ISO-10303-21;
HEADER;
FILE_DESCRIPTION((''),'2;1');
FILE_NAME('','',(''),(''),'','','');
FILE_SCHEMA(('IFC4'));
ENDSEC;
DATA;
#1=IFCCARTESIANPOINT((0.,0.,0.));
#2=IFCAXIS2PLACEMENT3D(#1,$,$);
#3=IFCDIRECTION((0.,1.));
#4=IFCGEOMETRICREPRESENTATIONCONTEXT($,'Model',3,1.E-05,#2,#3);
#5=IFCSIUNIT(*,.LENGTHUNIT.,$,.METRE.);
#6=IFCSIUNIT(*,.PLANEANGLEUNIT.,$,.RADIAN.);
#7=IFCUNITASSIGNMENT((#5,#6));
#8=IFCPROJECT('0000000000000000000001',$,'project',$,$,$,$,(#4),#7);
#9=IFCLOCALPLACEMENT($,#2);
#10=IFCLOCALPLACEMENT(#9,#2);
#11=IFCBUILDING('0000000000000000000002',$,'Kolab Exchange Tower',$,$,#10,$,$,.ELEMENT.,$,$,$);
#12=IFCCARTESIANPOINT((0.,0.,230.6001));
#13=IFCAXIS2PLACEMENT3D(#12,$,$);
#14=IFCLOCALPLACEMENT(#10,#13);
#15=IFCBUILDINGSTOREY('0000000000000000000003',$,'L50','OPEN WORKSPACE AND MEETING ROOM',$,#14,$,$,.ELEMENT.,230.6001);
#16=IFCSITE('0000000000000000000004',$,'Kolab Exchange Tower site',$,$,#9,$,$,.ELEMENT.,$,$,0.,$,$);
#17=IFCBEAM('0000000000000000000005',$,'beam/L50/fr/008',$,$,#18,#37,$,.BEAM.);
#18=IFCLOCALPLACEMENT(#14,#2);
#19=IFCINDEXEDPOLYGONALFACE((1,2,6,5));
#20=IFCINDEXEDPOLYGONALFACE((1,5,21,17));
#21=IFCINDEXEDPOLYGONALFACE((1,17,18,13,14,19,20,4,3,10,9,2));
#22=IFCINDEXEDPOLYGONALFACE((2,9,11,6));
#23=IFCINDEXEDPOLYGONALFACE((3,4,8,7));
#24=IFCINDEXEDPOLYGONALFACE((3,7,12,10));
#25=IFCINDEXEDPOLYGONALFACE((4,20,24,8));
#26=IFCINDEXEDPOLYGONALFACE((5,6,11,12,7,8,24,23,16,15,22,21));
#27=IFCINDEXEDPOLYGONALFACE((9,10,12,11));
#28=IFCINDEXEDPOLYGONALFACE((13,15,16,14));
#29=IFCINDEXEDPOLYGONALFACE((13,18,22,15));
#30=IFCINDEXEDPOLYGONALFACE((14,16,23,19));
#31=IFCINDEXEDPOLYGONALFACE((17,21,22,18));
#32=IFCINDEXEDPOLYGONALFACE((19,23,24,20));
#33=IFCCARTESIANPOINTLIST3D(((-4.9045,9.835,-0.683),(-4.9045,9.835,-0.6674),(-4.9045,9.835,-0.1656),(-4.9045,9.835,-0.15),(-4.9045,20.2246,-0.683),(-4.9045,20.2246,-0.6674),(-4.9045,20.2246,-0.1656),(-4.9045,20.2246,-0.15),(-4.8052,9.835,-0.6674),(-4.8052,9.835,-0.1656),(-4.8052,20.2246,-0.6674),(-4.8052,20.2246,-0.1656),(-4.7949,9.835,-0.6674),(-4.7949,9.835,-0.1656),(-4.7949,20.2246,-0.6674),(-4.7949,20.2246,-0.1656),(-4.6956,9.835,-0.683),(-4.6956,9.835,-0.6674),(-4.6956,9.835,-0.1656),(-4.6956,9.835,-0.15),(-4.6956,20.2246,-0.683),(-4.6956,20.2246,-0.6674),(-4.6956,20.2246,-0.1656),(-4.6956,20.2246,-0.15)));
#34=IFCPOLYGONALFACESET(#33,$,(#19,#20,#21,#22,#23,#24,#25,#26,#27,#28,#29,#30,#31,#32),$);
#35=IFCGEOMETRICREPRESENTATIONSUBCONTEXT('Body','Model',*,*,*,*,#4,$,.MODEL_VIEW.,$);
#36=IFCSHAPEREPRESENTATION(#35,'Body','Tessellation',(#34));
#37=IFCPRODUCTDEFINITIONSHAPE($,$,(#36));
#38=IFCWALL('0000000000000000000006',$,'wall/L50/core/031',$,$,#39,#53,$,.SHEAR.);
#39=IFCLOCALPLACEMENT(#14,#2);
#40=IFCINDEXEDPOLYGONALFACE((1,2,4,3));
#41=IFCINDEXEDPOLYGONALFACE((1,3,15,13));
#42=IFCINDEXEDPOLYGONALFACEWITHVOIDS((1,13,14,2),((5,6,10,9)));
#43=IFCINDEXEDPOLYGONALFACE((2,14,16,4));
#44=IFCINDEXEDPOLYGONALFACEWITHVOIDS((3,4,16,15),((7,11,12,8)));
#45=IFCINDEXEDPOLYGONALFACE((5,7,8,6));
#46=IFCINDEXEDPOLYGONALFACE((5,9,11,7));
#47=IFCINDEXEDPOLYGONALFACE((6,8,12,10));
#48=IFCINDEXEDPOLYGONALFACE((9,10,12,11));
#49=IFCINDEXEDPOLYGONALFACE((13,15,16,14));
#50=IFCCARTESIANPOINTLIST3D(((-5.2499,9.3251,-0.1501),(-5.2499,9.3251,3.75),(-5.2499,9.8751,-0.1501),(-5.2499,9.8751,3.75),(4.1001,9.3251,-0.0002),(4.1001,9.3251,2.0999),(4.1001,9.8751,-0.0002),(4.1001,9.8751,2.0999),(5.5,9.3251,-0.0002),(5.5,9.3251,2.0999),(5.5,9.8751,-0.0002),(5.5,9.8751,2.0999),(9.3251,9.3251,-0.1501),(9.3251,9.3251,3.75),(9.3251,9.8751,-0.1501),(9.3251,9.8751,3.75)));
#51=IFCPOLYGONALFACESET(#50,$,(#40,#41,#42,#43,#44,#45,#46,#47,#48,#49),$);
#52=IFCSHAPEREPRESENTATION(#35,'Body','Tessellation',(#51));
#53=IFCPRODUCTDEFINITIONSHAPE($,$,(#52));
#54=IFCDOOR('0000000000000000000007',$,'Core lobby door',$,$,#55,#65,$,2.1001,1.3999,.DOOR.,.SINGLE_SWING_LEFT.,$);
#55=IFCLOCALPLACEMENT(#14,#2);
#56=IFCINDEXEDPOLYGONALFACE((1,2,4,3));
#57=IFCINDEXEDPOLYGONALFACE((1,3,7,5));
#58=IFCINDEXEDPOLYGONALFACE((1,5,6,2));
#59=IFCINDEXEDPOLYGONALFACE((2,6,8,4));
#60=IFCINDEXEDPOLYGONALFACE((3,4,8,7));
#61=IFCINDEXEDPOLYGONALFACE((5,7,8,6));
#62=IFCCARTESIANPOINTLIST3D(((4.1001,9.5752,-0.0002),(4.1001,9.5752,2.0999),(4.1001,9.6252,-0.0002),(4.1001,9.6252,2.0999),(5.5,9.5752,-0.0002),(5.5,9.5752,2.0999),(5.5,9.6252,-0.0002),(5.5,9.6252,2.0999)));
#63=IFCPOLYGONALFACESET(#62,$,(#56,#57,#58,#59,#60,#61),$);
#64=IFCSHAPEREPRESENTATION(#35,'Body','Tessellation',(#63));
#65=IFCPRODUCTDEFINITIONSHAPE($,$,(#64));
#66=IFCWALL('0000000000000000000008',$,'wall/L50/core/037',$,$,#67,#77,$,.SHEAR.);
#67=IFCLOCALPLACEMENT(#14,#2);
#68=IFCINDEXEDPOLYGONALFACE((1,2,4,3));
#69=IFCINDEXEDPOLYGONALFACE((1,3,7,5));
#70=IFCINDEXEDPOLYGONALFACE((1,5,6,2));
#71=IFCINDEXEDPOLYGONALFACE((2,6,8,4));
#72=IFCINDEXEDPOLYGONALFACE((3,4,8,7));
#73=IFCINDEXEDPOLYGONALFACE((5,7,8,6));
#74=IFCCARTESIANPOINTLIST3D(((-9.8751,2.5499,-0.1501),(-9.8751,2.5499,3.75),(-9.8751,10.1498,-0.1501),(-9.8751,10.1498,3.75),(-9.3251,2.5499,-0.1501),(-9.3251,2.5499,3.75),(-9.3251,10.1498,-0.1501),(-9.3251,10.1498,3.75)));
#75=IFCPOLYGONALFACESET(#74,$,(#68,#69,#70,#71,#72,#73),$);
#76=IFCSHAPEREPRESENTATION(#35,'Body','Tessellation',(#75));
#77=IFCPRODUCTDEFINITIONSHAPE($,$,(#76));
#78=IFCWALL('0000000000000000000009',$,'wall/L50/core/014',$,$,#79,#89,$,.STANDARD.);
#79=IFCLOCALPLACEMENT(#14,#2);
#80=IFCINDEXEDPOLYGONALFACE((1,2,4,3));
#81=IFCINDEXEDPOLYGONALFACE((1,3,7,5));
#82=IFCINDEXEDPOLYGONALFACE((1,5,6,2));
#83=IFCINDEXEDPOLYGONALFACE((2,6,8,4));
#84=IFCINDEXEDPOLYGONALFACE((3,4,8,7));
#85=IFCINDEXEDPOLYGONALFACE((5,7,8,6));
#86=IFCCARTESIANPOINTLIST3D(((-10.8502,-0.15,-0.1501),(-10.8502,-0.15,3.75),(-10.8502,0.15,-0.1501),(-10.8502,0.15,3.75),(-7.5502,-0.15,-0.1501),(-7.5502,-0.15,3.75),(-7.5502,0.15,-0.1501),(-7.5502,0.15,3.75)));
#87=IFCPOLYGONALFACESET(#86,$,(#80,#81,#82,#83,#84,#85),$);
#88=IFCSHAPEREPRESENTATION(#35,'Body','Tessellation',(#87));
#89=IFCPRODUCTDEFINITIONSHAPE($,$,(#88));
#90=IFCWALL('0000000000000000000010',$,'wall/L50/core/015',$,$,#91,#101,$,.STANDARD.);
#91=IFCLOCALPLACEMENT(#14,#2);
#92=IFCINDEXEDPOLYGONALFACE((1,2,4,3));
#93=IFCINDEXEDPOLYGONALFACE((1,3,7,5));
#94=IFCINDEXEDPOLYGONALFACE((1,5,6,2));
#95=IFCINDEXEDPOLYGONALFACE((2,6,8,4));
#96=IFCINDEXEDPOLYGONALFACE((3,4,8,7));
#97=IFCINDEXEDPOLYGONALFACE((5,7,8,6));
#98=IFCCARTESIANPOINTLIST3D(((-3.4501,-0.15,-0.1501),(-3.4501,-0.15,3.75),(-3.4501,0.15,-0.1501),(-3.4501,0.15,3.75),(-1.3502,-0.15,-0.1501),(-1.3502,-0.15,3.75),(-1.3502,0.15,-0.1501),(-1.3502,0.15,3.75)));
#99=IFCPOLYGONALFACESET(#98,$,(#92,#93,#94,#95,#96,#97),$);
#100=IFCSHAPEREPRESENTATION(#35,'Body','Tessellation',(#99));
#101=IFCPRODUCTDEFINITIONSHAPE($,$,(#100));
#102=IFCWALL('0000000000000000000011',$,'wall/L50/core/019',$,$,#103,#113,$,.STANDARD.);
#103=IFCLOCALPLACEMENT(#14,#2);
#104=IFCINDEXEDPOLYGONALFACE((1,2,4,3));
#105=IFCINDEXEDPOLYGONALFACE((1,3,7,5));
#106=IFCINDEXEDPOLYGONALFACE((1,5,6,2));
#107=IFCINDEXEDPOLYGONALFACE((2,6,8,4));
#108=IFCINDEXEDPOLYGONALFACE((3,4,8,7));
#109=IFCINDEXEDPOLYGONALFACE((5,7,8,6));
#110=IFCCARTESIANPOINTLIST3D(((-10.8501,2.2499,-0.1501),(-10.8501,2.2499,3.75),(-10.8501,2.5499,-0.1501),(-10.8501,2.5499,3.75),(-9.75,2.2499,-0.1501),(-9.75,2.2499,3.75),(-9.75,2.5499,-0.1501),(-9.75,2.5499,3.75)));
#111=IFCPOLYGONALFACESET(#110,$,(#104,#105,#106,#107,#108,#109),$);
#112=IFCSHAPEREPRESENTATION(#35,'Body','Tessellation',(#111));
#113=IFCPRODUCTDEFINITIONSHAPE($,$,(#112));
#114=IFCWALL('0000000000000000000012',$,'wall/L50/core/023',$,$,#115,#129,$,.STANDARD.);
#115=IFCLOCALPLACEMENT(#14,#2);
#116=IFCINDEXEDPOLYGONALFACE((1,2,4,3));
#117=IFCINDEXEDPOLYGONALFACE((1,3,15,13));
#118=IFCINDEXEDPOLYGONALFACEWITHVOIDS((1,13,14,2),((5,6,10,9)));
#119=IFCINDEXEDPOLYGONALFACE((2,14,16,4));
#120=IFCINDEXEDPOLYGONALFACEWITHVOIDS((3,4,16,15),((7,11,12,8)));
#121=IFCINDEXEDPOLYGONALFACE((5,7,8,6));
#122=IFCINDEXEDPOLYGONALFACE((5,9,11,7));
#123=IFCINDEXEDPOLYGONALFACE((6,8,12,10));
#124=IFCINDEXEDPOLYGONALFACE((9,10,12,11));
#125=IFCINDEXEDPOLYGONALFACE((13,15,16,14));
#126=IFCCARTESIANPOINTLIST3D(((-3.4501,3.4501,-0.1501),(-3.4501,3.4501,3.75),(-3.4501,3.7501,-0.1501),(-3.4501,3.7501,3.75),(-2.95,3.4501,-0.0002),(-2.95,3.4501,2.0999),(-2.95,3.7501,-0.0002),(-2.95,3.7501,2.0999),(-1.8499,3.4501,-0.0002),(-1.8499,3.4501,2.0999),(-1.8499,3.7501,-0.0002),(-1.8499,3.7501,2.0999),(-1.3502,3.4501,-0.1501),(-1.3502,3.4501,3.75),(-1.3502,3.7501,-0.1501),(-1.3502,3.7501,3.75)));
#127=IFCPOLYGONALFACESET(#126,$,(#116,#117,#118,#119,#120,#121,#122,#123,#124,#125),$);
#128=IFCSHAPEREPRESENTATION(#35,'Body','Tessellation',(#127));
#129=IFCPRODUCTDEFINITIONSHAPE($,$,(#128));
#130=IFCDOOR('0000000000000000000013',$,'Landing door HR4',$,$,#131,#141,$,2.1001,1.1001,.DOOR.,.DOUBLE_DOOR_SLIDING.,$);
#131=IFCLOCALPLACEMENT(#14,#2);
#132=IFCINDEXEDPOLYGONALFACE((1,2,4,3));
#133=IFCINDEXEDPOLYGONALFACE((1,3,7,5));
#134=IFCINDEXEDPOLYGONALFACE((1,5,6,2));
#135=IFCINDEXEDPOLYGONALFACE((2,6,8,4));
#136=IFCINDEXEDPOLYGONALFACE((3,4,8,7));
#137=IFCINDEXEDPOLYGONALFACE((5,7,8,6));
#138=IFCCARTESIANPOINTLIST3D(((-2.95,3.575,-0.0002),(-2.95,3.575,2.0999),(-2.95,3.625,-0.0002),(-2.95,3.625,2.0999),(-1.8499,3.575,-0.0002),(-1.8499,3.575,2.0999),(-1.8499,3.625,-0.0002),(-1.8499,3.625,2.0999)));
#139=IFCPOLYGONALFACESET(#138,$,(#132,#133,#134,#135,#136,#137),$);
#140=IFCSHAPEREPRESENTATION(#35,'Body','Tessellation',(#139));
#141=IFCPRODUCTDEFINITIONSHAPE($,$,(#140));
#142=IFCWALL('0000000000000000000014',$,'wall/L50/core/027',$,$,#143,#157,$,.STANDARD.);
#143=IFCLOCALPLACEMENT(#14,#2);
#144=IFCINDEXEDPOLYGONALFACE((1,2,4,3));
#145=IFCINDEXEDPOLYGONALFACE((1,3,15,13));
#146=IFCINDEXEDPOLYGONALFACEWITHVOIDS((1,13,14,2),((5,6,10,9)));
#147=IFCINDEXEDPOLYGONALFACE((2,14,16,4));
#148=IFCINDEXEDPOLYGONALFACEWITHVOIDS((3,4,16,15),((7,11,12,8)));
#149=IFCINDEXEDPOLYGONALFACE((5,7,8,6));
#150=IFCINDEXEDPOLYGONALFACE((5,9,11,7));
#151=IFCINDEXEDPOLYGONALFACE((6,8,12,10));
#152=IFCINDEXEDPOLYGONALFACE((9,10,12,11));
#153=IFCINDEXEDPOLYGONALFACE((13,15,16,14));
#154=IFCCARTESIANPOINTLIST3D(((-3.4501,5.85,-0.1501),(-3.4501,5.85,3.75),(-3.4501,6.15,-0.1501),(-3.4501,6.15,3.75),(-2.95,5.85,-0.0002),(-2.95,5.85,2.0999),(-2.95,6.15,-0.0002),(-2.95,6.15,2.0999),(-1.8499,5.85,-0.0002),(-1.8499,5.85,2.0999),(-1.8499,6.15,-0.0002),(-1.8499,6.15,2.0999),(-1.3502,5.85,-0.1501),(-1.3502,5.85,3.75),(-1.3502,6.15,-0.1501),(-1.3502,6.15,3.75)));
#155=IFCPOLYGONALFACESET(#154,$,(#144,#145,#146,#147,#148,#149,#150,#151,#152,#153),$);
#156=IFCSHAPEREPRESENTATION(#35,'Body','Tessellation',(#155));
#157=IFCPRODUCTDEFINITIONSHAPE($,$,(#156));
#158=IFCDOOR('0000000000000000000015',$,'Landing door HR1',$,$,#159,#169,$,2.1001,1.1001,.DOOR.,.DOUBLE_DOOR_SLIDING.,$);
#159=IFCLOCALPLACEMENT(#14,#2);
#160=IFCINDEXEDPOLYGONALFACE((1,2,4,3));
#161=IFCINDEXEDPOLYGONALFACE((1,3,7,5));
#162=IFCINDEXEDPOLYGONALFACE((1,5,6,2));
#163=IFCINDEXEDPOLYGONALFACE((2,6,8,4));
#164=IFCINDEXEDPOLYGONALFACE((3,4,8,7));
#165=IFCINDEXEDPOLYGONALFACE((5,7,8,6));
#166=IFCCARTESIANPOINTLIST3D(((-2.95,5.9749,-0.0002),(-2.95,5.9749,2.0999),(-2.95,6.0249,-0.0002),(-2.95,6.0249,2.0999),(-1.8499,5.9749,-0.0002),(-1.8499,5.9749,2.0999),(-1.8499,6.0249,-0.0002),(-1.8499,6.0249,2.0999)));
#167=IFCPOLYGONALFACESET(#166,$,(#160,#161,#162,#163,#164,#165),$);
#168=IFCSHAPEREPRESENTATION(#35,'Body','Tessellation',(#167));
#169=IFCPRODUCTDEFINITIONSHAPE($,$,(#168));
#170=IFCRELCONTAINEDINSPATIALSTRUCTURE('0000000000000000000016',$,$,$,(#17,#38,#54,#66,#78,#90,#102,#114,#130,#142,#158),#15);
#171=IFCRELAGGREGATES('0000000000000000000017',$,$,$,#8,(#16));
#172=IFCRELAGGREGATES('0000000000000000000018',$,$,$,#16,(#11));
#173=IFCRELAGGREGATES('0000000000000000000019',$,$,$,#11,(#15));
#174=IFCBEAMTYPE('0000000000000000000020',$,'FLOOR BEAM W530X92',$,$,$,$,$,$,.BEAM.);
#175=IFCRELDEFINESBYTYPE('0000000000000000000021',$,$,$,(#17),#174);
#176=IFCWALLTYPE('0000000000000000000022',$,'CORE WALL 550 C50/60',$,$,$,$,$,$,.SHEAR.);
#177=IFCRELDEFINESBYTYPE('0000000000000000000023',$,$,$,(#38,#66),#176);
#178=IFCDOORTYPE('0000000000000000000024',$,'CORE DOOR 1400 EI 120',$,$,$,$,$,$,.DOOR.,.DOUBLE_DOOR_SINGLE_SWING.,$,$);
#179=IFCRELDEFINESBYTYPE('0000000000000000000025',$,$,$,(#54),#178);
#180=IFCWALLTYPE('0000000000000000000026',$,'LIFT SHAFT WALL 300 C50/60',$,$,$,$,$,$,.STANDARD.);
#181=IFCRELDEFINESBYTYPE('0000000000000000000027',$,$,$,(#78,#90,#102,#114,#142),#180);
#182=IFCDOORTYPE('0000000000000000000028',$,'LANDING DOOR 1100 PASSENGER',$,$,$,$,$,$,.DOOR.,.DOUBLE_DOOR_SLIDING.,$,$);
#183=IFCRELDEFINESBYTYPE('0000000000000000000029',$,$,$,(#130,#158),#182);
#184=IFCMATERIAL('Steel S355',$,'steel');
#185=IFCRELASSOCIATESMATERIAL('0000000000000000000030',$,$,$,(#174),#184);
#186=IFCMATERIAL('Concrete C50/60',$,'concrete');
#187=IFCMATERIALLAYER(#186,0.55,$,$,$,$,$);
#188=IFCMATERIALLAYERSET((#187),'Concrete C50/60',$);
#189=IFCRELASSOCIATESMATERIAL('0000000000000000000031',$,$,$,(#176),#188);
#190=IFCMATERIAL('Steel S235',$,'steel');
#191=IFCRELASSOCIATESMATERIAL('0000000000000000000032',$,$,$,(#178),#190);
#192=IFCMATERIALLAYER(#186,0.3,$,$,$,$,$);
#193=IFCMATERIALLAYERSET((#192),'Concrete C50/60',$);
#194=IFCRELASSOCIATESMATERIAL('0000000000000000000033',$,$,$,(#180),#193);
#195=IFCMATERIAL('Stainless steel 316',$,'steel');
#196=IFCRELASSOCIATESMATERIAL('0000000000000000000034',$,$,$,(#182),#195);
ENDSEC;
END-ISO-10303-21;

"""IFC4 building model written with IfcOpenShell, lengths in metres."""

from ifc_helpers import new_model, si_unit, direction, frame, frame_2d, origin, origin_2d, place, context, subcontext, project, spatial, rectangle, i_section, extrude, material, layer, layer_set, material_profile, profile_set, type_object, element, fill, save


model = new_model("IFC4")

# Units and contexts
model_context = context("Model", 3, precision=1e-05, world=origin(), true_north=direction((0.0, 1.0)))
body_context = subcontext(model_context, "Body", "Model", "MODEL_VIEW")
ifc_project = project(units=[si_unit("LENGTHUNIT", "METRE"), si_unit("PLANEANGLEUNIT", "RADIAN")], contexts=[model_context])

# Site, building, storey
site_placement = place(None, origin())
site = spatial("IfcSite", under=ifc_project, at=site_placement, Name="Kolab Exchange Tower site", CompositionType="ELEMENT", RefElevation=0.0)
building_placement = place(site_placement, origin())
building = spatial("IfcBuilding", under=site, at=building_placement, Name="Kolab Exchange Tower", CompositionType="ELEMENT")
storey_placement = place(building_placement, frame((0.0, 0.0, 230.6001)))
storey = spatial("IfcBuildingStorey", under=building, at=storey_placement, Name="L50", Description="OPEN WORKSPACE AND MEETING ROOM", CompositionType="ELEMENT", Elevation=230.6001)

# Beam
ifc_material_1 = material(Name="Steel S355", Category="steel")
ifc_material_profile = material_profile(ifc_material_1, i_section(OverallWidth=0.209, OverallDepth=0.533, WebThickness=0.0103, FlangeThickness=0.0156, at=origin_2d()), Name="W530X92")
ifc_profile_set = profile_set([ifc_material_profile], Name="Steel S355")
beam_type = type_object("IfcBeamType", Name="FLOOR BEAM W530X92", PredefinedType="BEAM", material=ifc_profile_set)
beam_placement = place(storey_placement, frame((-4.8, 9.835, -0.4165), z_axis=(0.0, 1.0, 0.0), x_axis=(-1.0, 0.0, 0.0)))
element("IfcBeam", 1, at=beam_placement, inside=storey, type_object=beam_type, Name="beam/L50/fr/008", PredefinedType="BEAM", context=body_context, shape_type="SweptSolid", body=[
    extrude(i_section(OverallWidth=0.209, OverallDepth=0.533, WebThickness=0.0103, FlangeThickness=0.0156, at=origin_2d()), origin(), (0.0, 0.0, 1.0), 10.3896),
])

# Wall, opening, door
ifc_material_2 = material(Name="Concrete C50/60", Category="concrete")
ifc_layer_1 = layer(ifc_material_2, 0.55)
ifc_layer_set_1 = layer_set([ifc_layer_1], Name="Concrete C50/60")
wall_type_1 = type_object("IfcWallType", Name="CORE WALL 550 C50/60", PredefinedType="SHEAR", material=ifc_layer_set_1)
wall_1_placement = place(storey_placement, frame((-5.25, 9.6001, -0.1501), z_axis=(0.0, 0.0, 1.0), x_axis=(1.0, 0.0, 0.0)))
wall_1 = element("IfcWall", 2, at=wall_1_placement, inside=storey, type_object=wall_type_1, Name="wall/L50/core/031", PredefinedType="SHEAR", context=body_context, shape_type="SweptSolid", body=[
    extrude(rectangle(XDim=14.575, YDim=0.55, at=frame_2d((7.2876, 0.0))), origin(), (0.0, 0.0, 1.0), 3.9001),
])
opening_1_placement = place(wall_1_placement, frame((9.3501, 0.0, 0.1499)))
opening_1 = element("IfcOpeningElement", 3, at=opening_1_placement, cuts=wall_1, PredefinedType="OPENING", context=body_context, shape_type="SweptSolid", body=[
    extrude(rectangle(XDim=1.3999, YDim=2.1001, at=frame_2d((0.7, 1.05))), frame((0.0, 0.2852, 0.0), z_axis=(0.0, -1.0, 0.0), x_axis=(1.0, 0.0, 0.0)), (0.0, 0.0, 1.0), 0.5701),
])
ifc_material_3 = material(Name="Steel S235", Category="steel")
door_type_1 = type_object("IfcDoorType", Name="CORE DOOR 1400 EI 120", OperationType="DOUBLE_DOOR_SINGLE_SWING", PredefinedType="DOOR", material=ifc_material_3)
door_1_placement = place(opening_1_placement, frame((1.3999, 0.0, 0.0), z_axis=(0.0, 0.0, 1.0), x_axis=(-1.0, 0.0, 0.0)))
door_1 = element("IfcDoor", 4, at=door_1_placement, inside=storey, type_object=door_type_1, Name="Core lobby door", OperationType="SINGLE_SWING_LEFT", OverallHeight=2.1001, OverallWidth=1.3999, PredefinedType="DOOR", context=body_context, shape_type="SweptSolid", body=[
    extrude(rectangle(XDim=1.3999, YDim=2.1001, at=frame_2d((0.7, 1.05))), frame((0.0, 0.0249, 0.0), z_axis=(0.0, -1.0, 0.0), x_axis=(1.0, 0.0, 0.0)), (0.0, 0.0, 1.0), 0.05),
])
fill(opening_1, door_1)

# Walls
wall_2_placement = place(storey_placement, frame((-9.6001, 2.55, -0.1501), z_axis=(0.0, 0.0, 1.0), x_axis=(0.0, 1.0, 0.0)))
element("IfcWall", 5, at=wall_2_placement, inside=storey, type_object=wall_type_1, Name="wall/L50/core/037", PredefinedType="SHEAR", context=body_context, shape_type="SweptSolid", body=[
    extrude(rectangle(XDim=7.5999, YDim=0.55, at=frame_2d((3.7998, 0.0))), origin(), (0.0, 0.0, 1.0), 3.9001),
])
ifc_layer_2 = layer(ifc_material_2, 0.3)
ifc_layer_set_2 = layer_set([ifc_layer_2], Name="Concrete C50/60")
wall_type_2 = type_object("IfcWallType", Name="LIFT SHAFT WALL 300 C50/60", PredefinedType="STANDARD", material=ifc_layer_set_2)
wall_3_placement = place(storey_placement, frame((-10.8501, 0.0, -0.1501), z_axis=(0.0, 0.0, 1.0), x_axis=(1.0, 0.0, 0.0)))
element("IfcWall", 6, at=wall_3_placement, inside=storey, type_object=wall_type_2, Name="wall/L50/core/014", PredefinedType="STANDARD", context=body_context, shape_type="SweptSolid", body=[
    extrude(rectangle(XDim=3.3, YDim=0.3, at=frame_2d((1.6499, 0.0))), origin(), (0.0, 0.0, 1.0), 3.9001),
])
wall_4_placement = place(storey_placement, frame((-3.45, 0.0, -0.1501), z_axis=(0.0, 0.0, 1.0), x_axis=(1.0, 0.0, 0.0)))
element("IfcWall", 7, at=wall_4_placement, inside=storey, type_object=wall_type_2, Name="wall/L50/core/015", PredefinedType="STANDARD", context=body_context, shape_type="SweptSolid", body=[
    extrude(rectangle(XDim=2.0999, YDim=0.3, at=frame_2d((1.0498, 0.0))), origin(), (0.0, 0.0, 1.0), 3.9001),
])
wall_5_placement = place(storey_placement, frame((-10.8501, 2.3999, -0.1501), z_axis=(0.0, 0.0, 1.0), x_axis=(1.0, 0.0, 0.0)))
element("IfcWall", 8, at=wall_5_placement, inside=storey, type_object=wall_type_2, Name="wall/L50/core/019", PredefinedType="STANDARD", context=body_context, shape_type="SweptSolid", body=[
    extrude(rectangle(XDim=1.1001, YDim=0.3, at=frame_2d((0.55, 0.0))), origin(), (0.0, 0.0, 1.0), 3.9001),
])

# Walls, openings, doors
wall_6_placement = place(storey_placement, frame((-3.45, 3.6001, -0.1501), z_axis=(0.0, 0.0, 1.0), x_axis=(1.0, 0.0, 0.0)))
wall_6 = element("IfcWall", 9, at=wall_6_placement, inside=storey, type_object=wall_type_2, Name="wall/L50/core/023", PredefinedType="STANDARD", context=body_context, shape_type="SweptSolid", body=[
    extrude(rectangle(XDim=2.0999, YDim=0.3, at=frame_2d((1.0498, 0.0))), origin(), (0.0, 0.0, 1.0), 3.9001),
])
opening_2_placement = place(wall_6_placement, frame((0.5, 0.0, 0.1499)))
opening_2 = element("IfcOpeningElement", 10, at=opening_2_placement, cuts=wall_6, PredefinedType="OPENING", context=body_context, shape_type="SweptSolid", body=[
    extrude(rectangle(XDim=1.1001, YDim=2.1001, at=frame_2d((0.55, 1.05))), frame((0.0, 0.1602, 0.0), z_axis=(0.0, -1.0, 0.0), x_axis=(1.0, 0.0, 0.0)), (0.0, 0.0, 1.0), 0.3201),
])
ifc_material_4 = material(Name="Stainless steel 316", Category="steel")
door_type_2 = type_object("IfcDoorType", Name="LANDING DOOR 1100 PASSENGER", OperationType="DOUBLE_DOOR_SLIDING", PredefinedType="DOOR", material=ifc_material_4)
door_2_placement = place(opening_2_placement, origin())
door_2 = element("IfcDoor", 11, at=door_2_placement, inside=storey, type_object=door_type_2, Name="Landing door HR4", OperationType="DOUBLE_DOOR_SLIDING", OverallHeight=2.1001, OverallWidth=1.1001, PredefinedType="DOOR", context=body_context, shape_type="SweptSolid", body=[
    extrude(rectangle(XDim=1.1001, YDim=2.1001, at=frame_2d((0.55, 1.05))), frame((0.0, 0.0249, 0.0), z_axis=(0.0, -1.0, 0.0), x_axis=(1.0, 0.0, 0.0)), (0.0, 0.0, 1.0), 0.05),
])
fill(opening_2, door_2)
wall_7_placement = place(storey_placement, frame((-3.45, 6.0, -0.1501), z_axis=(0.0, 0.0, 1.0), x_axis=(1.0, 0.0, 0.0)))
wall_7 = element("IfcWall", 12, at=wall_7_placement, inside=storey, type_object=wall_type_2, Name="wall/L50/core/027", PredefinedType="STANDARD", context=body_context, shape_type="SweptSolid", body=[
    extrude(rectangle(XDim=2.0999, YDim=0.3, at=frame_2d((1.0498, 0.0))), origin(), (0.0, 0.0, 1.0), 3.9001),
])
opening_3_placement = place(wall_7_placement, frame((0.5, 0.0, 0.1499)))
opening_3 = element("IfcOpeningElement", 13, at=opening_3_placement, cuts=wall_7, PredefinedType="OPENING", context=body_context, shape_type="SweptSolid", body=[
    extrude(rectangle(XDim=1.1001, YDim=2.1001, at=frame_2d((0.55, 1.05))), frame((0.0, 0.1602, 0.0), z_axis=(0.0, -1.0, 0.0), x_axis=(1.0, 0.0, 0.0)), (0.0, 0.0, 1.0), 0.3201),
])
door_3_placement = place(opening_3_placement, origin())
door_3 = element("IfcDoor", 14, at=door_3_placement, inside=storey, type_object=door_type_2, Name="Landing door HR1", OperationType="DOUBLE_DOOR_SLIDING", OverallHeight=2.1001, OverallWidth=1.1001, PredefinedType="DOOR", context=body_context, shape_type="SweptSolid", body=[
    extrude(rectangle(XDim=1.1001, YDim=2.1001, at=frame_2d((0.55, 1.05))), frame((0.0, 0.0249, 0.0), z_axis=(0.0, -1.0, 0.0), x_axis=(1.0, 0.0, 0.0)), (0.0, 0.0, 1.0), 0.05),
])
fill(opening_3, door_3)

save(model, "model.ifc")
